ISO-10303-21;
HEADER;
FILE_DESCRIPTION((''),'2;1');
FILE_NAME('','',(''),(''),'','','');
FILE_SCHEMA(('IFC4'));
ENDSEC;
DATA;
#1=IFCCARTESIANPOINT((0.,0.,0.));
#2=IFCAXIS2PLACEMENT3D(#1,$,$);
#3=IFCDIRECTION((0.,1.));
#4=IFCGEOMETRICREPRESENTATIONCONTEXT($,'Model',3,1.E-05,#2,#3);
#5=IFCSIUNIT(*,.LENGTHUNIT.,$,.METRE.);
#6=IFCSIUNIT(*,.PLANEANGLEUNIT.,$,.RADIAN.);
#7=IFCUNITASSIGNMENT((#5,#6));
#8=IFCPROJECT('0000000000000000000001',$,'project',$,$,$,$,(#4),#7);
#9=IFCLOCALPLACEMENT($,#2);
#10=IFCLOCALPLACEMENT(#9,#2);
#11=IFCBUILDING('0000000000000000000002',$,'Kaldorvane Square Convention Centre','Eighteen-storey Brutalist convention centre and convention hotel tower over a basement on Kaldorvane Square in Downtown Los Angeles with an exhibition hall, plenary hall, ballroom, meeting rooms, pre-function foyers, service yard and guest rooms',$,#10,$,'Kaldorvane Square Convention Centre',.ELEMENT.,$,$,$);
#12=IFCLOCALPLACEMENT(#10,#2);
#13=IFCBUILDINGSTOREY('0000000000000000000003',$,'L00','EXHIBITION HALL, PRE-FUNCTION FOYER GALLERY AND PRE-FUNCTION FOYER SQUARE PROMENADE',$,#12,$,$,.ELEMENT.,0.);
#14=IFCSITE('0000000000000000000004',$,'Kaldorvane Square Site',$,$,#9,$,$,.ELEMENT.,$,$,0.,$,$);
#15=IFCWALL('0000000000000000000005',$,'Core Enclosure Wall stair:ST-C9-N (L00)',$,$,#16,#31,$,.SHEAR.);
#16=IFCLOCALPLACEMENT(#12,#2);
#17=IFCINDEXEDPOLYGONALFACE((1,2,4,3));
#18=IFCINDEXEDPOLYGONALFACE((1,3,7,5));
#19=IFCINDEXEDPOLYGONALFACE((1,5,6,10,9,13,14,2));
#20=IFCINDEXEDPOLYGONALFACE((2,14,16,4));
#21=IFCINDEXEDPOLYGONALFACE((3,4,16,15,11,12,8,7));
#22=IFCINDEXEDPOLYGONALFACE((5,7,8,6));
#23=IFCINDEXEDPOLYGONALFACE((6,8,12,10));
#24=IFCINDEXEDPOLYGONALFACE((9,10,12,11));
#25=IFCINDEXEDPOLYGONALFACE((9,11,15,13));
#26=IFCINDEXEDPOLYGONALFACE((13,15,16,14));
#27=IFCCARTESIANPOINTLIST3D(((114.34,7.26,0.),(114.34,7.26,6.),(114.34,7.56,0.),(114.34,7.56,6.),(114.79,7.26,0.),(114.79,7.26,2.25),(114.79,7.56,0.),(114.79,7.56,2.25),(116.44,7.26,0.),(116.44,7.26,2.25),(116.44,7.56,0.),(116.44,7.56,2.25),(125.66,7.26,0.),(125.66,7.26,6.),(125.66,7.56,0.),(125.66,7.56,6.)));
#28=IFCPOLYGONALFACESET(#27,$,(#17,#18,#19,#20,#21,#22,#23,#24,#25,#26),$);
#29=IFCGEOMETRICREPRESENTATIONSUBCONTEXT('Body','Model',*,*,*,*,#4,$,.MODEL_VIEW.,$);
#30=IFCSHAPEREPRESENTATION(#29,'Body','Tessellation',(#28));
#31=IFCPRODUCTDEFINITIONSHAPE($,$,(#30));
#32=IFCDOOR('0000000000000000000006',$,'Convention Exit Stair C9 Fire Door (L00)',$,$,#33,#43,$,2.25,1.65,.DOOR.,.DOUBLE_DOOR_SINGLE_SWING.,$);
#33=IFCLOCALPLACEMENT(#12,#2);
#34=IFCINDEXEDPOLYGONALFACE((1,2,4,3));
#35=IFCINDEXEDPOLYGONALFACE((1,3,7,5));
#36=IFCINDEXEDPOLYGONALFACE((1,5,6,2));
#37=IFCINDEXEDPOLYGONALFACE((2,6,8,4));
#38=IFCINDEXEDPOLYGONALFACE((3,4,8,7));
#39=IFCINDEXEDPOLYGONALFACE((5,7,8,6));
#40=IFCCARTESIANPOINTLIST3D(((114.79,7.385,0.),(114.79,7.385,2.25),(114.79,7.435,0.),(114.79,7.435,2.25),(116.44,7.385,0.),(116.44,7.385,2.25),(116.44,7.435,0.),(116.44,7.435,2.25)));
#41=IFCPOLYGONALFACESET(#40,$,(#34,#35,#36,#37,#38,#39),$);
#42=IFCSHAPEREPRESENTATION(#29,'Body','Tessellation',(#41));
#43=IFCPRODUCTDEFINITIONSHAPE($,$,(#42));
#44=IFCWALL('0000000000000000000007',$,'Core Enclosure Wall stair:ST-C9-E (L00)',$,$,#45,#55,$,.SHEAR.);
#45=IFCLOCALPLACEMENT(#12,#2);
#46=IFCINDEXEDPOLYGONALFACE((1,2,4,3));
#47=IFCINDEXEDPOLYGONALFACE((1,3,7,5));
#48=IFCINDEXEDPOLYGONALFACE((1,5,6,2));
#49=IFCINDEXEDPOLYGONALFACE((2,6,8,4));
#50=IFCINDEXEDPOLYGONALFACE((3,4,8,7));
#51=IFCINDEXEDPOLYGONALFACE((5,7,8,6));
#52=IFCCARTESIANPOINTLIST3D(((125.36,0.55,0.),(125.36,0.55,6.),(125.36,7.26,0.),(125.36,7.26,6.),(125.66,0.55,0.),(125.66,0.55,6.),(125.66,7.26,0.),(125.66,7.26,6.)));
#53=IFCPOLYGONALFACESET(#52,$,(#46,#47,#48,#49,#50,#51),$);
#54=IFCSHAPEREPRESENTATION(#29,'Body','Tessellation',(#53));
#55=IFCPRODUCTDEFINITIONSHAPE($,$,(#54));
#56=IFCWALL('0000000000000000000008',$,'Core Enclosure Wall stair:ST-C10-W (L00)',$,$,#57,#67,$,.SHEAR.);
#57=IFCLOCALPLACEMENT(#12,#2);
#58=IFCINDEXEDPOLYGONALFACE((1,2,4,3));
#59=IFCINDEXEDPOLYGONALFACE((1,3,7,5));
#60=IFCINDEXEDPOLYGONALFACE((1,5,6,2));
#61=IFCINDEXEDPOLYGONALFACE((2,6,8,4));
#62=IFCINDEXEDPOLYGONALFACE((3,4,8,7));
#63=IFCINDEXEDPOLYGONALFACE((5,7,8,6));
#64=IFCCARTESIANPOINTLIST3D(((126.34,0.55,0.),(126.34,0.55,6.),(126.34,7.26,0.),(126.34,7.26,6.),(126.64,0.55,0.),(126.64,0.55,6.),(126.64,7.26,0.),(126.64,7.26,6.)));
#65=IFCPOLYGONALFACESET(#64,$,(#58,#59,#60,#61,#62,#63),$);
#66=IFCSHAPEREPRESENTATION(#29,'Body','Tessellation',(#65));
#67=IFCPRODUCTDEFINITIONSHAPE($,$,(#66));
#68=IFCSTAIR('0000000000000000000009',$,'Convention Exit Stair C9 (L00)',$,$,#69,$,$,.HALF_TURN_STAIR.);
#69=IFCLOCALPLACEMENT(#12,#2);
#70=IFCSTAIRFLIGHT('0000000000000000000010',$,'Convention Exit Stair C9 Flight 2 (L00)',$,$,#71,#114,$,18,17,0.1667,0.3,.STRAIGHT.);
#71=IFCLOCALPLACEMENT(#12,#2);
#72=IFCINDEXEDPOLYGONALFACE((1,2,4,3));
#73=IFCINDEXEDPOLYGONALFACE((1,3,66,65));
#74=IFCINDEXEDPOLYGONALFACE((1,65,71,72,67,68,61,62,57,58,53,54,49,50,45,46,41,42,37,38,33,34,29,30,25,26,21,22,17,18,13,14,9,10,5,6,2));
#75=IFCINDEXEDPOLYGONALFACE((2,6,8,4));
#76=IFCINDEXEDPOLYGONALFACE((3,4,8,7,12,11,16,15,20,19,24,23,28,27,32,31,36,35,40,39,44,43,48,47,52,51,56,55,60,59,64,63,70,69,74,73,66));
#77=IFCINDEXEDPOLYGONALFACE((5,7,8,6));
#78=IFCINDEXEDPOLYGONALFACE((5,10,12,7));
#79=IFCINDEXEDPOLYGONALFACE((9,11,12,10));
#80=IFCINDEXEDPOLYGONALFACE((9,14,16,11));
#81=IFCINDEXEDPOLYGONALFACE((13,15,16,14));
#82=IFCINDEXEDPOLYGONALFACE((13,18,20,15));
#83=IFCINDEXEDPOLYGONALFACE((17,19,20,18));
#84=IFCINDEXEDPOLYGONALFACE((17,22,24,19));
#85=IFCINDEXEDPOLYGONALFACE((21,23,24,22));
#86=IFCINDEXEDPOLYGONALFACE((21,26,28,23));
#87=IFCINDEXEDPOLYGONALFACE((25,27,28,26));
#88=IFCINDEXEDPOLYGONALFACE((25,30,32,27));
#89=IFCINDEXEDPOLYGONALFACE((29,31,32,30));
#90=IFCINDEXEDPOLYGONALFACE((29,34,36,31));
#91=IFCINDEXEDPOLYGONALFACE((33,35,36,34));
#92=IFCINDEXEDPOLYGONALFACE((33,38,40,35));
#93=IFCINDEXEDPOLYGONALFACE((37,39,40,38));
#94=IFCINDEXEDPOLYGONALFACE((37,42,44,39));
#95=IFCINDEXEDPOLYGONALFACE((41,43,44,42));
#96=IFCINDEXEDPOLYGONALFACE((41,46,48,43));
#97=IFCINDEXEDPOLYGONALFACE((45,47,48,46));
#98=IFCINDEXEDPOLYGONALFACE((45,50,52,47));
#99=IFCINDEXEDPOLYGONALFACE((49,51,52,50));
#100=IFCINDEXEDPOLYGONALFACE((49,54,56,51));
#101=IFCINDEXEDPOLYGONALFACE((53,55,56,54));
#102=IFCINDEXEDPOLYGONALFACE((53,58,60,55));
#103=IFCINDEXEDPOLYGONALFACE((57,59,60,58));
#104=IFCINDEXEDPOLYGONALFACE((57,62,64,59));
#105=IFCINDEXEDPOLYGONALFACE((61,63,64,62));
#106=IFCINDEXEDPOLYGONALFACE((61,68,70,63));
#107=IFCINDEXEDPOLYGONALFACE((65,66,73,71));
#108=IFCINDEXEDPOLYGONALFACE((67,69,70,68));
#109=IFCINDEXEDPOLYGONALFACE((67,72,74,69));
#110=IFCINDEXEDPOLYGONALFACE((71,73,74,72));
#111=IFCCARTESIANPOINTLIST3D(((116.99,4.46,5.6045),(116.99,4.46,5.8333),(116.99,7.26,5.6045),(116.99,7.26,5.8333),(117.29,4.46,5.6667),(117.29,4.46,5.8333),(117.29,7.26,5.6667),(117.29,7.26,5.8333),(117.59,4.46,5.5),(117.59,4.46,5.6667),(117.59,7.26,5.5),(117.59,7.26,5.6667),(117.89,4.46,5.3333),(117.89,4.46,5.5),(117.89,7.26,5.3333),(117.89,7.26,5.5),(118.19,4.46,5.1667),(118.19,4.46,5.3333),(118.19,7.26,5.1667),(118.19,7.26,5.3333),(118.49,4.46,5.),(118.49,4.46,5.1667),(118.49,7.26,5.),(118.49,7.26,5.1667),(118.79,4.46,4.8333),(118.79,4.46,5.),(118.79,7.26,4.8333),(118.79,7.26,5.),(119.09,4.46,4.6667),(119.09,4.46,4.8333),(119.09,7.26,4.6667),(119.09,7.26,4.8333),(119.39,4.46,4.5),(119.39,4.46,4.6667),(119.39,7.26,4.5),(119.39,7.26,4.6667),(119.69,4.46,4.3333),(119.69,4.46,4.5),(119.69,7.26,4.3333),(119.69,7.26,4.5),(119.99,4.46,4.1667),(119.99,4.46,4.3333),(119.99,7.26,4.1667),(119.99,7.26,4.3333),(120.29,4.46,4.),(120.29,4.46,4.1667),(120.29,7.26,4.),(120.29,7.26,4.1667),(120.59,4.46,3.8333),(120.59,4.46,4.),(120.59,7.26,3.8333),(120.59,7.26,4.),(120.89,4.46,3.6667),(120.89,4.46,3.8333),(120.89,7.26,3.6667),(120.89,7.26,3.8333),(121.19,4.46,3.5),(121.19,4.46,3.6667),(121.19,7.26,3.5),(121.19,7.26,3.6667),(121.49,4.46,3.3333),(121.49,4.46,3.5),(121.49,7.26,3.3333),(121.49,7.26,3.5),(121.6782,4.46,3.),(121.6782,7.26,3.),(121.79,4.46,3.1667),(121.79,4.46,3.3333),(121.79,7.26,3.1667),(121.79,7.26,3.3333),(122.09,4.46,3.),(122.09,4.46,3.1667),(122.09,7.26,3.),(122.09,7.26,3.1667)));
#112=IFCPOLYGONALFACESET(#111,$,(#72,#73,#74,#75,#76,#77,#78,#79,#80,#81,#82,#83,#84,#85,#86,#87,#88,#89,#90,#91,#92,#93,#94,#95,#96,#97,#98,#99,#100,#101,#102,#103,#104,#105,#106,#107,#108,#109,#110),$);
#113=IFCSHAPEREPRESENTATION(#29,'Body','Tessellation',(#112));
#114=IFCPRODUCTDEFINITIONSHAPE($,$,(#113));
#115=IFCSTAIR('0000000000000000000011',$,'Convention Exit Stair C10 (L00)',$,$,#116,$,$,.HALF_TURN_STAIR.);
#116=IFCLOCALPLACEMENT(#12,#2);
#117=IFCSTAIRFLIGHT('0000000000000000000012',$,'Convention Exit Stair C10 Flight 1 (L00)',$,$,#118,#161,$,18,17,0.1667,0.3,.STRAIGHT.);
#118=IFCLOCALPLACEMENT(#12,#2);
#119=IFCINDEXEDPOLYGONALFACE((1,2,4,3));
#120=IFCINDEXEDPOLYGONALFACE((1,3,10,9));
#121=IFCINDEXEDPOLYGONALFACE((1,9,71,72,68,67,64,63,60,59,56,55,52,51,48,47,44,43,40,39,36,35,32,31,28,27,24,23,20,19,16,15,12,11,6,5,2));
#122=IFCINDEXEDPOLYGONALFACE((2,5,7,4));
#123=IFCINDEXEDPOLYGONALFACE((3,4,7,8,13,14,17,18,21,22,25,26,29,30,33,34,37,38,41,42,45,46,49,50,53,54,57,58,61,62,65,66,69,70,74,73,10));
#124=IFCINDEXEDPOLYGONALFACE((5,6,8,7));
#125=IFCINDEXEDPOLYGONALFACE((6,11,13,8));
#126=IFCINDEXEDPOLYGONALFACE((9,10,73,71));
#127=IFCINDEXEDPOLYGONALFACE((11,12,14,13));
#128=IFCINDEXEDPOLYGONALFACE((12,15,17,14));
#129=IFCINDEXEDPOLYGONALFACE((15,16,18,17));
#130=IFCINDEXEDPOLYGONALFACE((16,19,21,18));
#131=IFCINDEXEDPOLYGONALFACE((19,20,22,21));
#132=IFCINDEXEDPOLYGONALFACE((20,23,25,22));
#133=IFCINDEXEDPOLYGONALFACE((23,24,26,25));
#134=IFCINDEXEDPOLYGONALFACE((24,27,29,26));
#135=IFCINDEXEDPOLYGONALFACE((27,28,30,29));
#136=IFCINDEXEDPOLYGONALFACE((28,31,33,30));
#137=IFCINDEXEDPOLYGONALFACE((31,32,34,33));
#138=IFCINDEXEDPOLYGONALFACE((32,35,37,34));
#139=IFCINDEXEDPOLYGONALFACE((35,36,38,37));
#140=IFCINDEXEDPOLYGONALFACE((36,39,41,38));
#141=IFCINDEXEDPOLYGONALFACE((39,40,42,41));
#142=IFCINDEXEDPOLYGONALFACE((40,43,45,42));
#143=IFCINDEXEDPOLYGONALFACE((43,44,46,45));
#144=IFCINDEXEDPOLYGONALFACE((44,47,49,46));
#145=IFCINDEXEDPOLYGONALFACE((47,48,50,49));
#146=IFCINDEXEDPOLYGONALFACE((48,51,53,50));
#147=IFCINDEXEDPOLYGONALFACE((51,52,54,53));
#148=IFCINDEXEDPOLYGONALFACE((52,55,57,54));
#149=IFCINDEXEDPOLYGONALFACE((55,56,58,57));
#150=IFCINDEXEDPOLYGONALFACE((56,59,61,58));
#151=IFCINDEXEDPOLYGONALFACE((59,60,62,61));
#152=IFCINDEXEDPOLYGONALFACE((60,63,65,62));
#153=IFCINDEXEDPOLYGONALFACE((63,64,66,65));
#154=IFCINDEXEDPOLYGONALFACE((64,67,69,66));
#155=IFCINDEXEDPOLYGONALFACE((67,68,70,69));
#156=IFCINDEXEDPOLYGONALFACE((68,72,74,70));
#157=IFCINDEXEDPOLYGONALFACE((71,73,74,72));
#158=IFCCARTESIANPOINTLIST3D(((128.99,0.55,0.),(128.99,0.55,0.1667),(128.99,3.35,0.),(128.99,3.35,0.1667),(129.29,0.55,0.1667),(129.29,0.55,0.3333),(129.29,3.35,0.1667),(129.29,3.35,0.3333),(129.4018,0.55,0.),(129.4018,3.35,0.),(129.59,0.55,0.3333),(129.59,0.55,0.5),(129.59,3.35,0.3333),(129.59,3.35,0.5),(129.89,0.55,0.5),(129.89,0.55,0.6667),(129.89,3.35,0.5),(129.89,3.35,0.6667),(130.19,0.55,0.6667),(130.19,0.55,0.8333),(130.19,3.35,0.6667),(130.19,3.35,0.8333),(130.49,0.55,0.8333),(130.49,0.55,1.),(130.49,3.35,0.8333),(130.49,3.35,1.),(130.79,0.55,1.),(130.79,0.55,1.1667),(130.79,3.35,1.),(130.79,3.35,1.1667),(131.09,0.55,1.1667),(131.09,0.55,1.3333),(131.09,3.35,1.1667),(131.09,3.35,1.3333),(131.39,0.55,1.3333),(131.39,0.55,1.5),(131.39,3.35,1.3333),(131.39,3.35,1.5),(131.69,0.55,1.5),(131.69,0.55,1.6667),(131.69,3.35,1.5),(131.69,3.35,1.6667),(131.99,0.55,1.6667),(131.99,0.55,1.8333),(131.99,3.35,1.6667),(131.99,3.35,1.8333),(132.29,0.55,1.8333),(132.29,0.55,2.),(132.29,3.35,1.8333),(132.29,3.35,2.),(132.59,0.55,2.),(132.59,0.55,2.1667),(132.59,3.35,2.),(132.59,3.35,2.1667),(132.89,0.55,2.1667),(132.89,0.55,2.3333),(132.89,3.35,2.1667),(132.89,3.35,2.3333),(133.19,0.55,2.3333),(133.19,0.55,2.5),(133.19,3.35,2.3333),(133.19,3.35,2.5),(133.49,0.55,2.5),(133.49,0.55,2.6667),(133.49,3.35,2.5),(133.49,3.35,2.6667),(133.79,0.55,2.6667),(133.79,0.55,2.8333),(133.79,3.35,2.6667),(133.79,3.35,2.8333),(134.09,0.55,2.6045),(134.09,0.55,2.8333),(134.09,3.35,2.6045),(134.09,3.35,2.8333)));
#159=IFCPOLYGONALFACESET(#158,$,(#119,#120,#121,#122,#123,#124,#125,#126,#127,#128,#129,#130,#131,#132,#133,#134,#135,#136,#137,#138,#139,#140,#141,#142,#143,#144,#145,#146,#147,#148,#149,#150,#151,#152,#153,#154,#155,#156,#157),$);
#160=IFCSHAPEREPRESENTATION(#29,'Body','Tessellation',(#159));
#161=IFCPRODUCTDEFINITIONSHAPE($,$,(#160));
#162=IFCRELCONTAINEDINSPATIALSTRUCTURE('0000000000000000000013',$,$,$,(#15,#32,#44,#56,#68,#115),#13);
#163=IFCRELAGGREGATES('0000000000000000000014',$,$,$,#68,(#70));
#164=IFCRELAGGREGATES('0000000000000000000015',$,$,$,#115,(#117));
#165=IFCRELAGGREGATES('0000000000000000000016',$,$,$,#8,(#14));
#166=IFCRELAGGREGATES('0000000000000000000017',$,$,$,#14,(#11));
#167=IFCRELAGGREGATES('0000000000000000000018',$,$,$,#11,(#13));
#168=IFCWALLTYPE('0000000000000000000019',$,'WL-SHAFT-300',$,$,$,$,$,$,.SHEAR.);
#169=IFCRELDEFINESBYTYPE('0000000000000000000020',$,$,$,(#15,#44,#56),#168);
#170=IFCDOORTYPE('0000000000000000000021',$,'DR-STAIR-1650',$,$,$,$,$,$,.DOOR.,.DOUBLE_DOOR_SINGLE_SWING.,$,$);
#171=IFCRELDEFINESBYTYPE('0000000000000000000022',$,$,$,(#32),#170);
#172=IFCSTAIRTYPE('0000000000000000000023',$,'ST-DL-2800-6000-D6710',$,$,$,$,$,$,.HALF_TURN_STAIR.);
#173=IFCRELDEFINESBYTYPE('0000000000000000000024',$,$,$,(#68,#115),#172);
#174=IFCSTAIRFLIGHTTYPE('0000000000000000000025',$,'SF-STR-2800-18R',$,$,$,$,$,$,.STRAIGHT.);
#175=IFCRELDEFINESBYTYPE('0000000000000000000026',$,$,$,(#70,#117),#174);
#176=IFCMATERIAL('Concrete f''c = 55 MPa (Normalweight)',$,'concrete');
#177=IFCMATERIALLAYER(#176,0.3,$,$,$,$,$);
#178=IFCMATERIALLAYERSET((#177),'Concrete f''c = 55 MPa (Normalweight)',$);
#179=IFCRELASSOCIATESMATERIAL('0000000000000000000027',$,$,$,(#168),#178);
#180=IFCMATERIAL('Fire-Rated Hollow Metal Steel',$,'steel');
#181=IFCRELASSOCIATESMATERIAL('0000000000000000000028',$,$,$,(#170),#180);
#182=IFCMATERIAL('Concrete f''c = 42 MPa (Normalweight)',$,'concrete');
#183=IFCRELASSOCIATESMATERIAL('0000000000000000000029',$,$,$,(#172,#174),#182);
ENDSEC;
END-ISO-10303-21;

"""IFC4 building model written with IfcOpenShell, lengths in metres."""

from ifc_helpers import new_model, si_unit, direction, frame, frame_2d, origin, place, context, subcontext, project, spatial, polyline, rectangle, outline, extrude, material, layer, layer_set, type_object, element, fill, aggregate, save


model = new_model("IFC4")

# Units and contexts
model_context = context("Model", 3, precision=1e-05, world=origin(), true_north=direction((0.0, 1.0)))
body_context = subcontext(model_context, "Body", "Model", "MODEL_VIEW")
ifc_project = project(units=[si_unit("LENGTHUNIT", "METRE"), si_unit("PLANEANGLEUNIT", "RADIAN")], contexts=[model_context])

# Site, building, storey
site_placement = place(None, origin())
site = spatial("IfcSite", under=ifc_project, at=site_placement, Name="Kaldorvane Square Site", CompositionType="ELEMENT", RefElevation=0.0)
building_placement = place(site_placement, origin())
building = spatial("IfcBuilding", under=site, at=building_placement, Name="Kaldorvane Square Convention Centre", Description="Eighteen-storey Brutalist convention centre and convention hotel tower over a basement on Kaldorvane Square in Downtown Los Angeles with an exhibition hall, plenary hall, ballroom, meeting rooms, pre-function foyers, service yard and guest rooms", LongName="Kaldorvane Square Convention Centre", CompositionType="ELEMENT")
storey_placement = place(building_placement, origin())
storey = spatial("IfcBuildingStorey", under=building, at=storey_placement, Name="L00", Description="EXHIBITION HALL, PRE-FUNCTION FOYER GALLERY AND PRE-FUNCTION FOYER SQUARE PROMENADE", CompositionType="ELEMENT", Elevation=0.0)

# Shared definitions
ifc_material_1 = material(Name="Concrete f'c = 55 MPa (Normalweight)", Category="concrete")

# Shared definitions
ifc_material_2 = material(Name="Concrete f'c = 42 MPa (Normalweight)", Category="concrete")

# Wall, opening, door
ifc_layer_1 = layer(ifc_material_1, 0.3)
ifc_layer_set_1 = layer_set([ifc_layer_1], Name="Concrete f'c = 55 MPa (Normalweight)")
wall_type_1 = type_object("IfcWallType", Name="WL-SHAFT-300", PredefinedType="SHEAR", material=ifc_layer_set_1)
ifc_material_3 = material(Name="Fire-Rated Hollow Metal Steel", Category="steel")
door_type = type_object("IfcDoorType", Name="DR-STAIR-1650", OperationType="DOUBLE_DOOR_SINGLE_SWING", PredefinedType="DOOR", material=ifc_material_3)
wall_1_placement = place(storey_placement, frame((125.66, 7.41, 0.0), z_axis=(0.0, 0.0, 1.0), x_axis=(-1.0, 0.0, 0.0)))
wall_1 = element("IfcWall", 1, at=wall_1_placement, inside=storey, type_object=wall_type_1, Name="Core Enclosure Wall stair:ST-C9-N (L00)", PredefinedType="SHEAR", context=body_context, shape_type="SweptSolid", body=[
    extrude(rectangle(XDim=11.32, YDim=0.3, at=frame_2d((5.66, 0.0))), origin(), (0.0, 0.0, 1.0), 6.0),
])
opening_1_placement = place(wall_1_placement, frame((9.22, 0.0, 0.0)))
opening_1 = element("IfcOpeningElement", 2, at=opening_1_placement, cuts=wall_1, PredefinedType="OPENING", context=body_context, shape_type="SweptSolid", body=[
    extrude(rectangle(XDim=1.65, YDim=2.25, at=frame_2d((0.825, 1.125))), frame((0.0, 0.165, 0.0), z_axis=(0.0, -1.0, 0.0), x_axis=(1.0, 0.0, 0.0)), (0.0, 0.0, 1.0), 0.33),
])
door_1_placement = place(opening_1_placement, origin())
door_1 = element("IfcDoor", 3, at=door_1_placement, inside=storey, type_object=door_type, Name="Convention Exit Stair C9 Fire Door (L00)", OperationType="DOUBLE_DOOR_SINGLE_SWING", OverallHeight=2.25, OverallWidth=1.65, PredefinedType="DOOR", context=body_context, shape_type="SweptSolid", body=[
    extrude(rectangle(XDim=1.65, YDim=2.25, at=frame_2d((0.825, 1.125))), frame((0.0, 0.025, 0.0), z_axis=(0.0, -1.0, 0.0), x_axis=(1.0, 0.0, 0.0)), (0.0, 0.0, 1.0), 0.05),
])
fill(opening_1, door_1)

# Walls
for number, where, z_axis, x_axis, name in (
    (4, (125.51, 0.55, 0.0), (0.0, 0.0, 1.0), (0.0, 1.0, 0.0), "Core Enclosure Wall stair:ST-C9-E (L00)"),
    (5, (126.49, 7.26, 0.0), (0.0, 0.0, 1.0), (0.0, -1.0, 0.0), "Core Enclosure Wall stair:ST-C10-W (L00)"),
):
    element("IfcWall", number, at=place(storey_placement, frame(where, z_axis=z_axis, x_axis=x_axis)), inside=storey, type_object=wall_type_1, Name=name, PredefinedType="SHEAR", context=body_context, shape_type="SweptSolid", body=[
        extrude(rectangle(XDim=6.71, YDim=0.3, at=frame_2d((3.355, 0.0))), origin(), (0.0, 0.0, 1.0), 6.0),
    ])

# Stairs, stair flights
stair_type = type_object("IfcStairType", Name="ST-DL-2800-6000-D6710", PredefinedType="HALF_TURN_STAIR", material=ifc_material_2)
stair_1_placement = place(storey_placement, origin())
stair_1 = element("IfcStair", 6, at=stair_1_placement, inside=storey, type_object=stair_type, Name="Convention Exit Stair C9 (L00)", PredefinedType="HALF_TURN_STAIR")
stair_flight_type = type_object("IfcStairFlightType", Name="SF-STR-2800-18R", PredefinedType="STRAIGHT", material=ifc_material_2)
stair_flight_1_placement = place(storey_placement, frame((122.09, 5.86, 3.0), z_axis=(0.0, 0.0, 1.0), x_axis=(-1.0, 0.0, 0.0)))
stair_flight_1 = element("IfcStairFlight", 7, at=stair_flight_1_placement, type_object=stair_flight_type, Name="Convention Exit Stair C9 Flight 2 (L00)", NumberOfRisers=18, NumberOfTreads=17, PredefinedType="STRAIGHT", RiserHeight=0.1667, TreadLength=0.3, context=body_context, shape_type="SweptSolid", body=[
    extrude(outline(polyline([(0.0, 0.0), (0.0, 0.1667), (0.3, 0.1667), (0.3, 0.3333), (0.6, 0.3333), (0.6, 0.5), (0.9, 0.5), (0.9, 0.6667), (1.2, 0.6667), (1.2, 0.8333), (1.5, 0.8333), (1.5, 1.0), (1.8, 1.0), (1.8, 1.1667), (2.1, 1.1667), (2.1, 1.3333), (2.4, 1.3333), (2.4, 1.5), (2.7, 1.5), (2.7, 1.6667), (3.0, 1.6667), (3.0, 1.8333), (3.3, 1.8333), (3.3, 2.0), (3.6, 2.0), (3.6, 2.1667), (3.9, 2.1667), (3.9, 2.3333), (4.2, 2.3333), (4.2, 2.5), (4.5, 2.5), (4.5, 2.6667), (4.8, 2.6667), (4.8, 2.8333), (5.1, 2.8333), (5.1, 3.0), (5.1, 2.6045), (0.4118, 0.0), (0.0, 0.0)])), frame((0.0, 1.4, 0.0), z_axis=(0.0, -1.0, 0.0), x_axis=(1.0, 0.0, 0.0)), (0.0, 0.0, 1.0), 2.8),
])
aggregate(stair_1, [stair_flight_1])
stair_2_placement = place(storey_placement, origin())
stair_2 = element("IfcStair", 8, at=stair_2_placement, inside=storey, type_object=stair_type, Name="Convention Exit Stair C10 (L00)", PredefinedType="HALF_TURN_STAIR")
stair_flight_2_placement = place(storey_placement, frame((128.99, 1.95, 0.0), z_axis=(0.0, 0.0, 1.0), x_axis=(1.0, 0.0, 0.0)))
stair_flight_2 = element("IfcStairFlight", 9, at=stair_flight_2_placement, type_object=stair_flight_type, Name="Convention Exit Stair C10 Flight 1 (L00)", NumberOfRisers=18, NumberOfTreads=17, PredefinedType="STRAIGHT", RiserHeight=0.1667, TreadLength=0.3, context=body_context, shape_type="SweptSolid", body=[
    extrude(outline(polyline([(0.0, 0.0), (0.0, 0.1667), (0.3, 0.1667), (0.3, 0.3333), (0.6, 0.3333), (0.6, 0.5), (0.9, 0.5), (0.9, 0.6667), (1.2, 0.6667), (1.2, 0.8333), (1.5, 0.8333), (1.5, 1.0), (1.8, 1.0), (1.8, 1.1667), (2.1, 1.1667), (2.1, 1.3333), (2.4, 1.3333), (2.4, 1.5), (2.7, 1.5), (2.7, 1.6667), (3.0, 1.6667), (3.0, 1.8333), (3.3, 1.8333), (3.3, 2.0), (3.6, 2.0), (3.6, 2.1667), (3.9, 2.1667), (3.9, 2.3333), (4.2, 2.3333), (4.2, 2.5), (4.5, 2.5), (4.5, 2.6667), (4.8, 2.6667), (4.8, 2.8333), (5.1, 2.8333), (5.1, 3.0), (5.1, 2.6045), (0.4118, 0.0), (0.0, 0.0)])), frame((0.0, 1.4, 0.0), z_axis=(0.0, -1.0, 0.0), x_axis=(1.0, 0.0, 0.0)), (0.0, 0.0, 1.0), 2.8),
])
aggregate(stair_2, [stair_flight_2])

save(model, "model.ifc")
